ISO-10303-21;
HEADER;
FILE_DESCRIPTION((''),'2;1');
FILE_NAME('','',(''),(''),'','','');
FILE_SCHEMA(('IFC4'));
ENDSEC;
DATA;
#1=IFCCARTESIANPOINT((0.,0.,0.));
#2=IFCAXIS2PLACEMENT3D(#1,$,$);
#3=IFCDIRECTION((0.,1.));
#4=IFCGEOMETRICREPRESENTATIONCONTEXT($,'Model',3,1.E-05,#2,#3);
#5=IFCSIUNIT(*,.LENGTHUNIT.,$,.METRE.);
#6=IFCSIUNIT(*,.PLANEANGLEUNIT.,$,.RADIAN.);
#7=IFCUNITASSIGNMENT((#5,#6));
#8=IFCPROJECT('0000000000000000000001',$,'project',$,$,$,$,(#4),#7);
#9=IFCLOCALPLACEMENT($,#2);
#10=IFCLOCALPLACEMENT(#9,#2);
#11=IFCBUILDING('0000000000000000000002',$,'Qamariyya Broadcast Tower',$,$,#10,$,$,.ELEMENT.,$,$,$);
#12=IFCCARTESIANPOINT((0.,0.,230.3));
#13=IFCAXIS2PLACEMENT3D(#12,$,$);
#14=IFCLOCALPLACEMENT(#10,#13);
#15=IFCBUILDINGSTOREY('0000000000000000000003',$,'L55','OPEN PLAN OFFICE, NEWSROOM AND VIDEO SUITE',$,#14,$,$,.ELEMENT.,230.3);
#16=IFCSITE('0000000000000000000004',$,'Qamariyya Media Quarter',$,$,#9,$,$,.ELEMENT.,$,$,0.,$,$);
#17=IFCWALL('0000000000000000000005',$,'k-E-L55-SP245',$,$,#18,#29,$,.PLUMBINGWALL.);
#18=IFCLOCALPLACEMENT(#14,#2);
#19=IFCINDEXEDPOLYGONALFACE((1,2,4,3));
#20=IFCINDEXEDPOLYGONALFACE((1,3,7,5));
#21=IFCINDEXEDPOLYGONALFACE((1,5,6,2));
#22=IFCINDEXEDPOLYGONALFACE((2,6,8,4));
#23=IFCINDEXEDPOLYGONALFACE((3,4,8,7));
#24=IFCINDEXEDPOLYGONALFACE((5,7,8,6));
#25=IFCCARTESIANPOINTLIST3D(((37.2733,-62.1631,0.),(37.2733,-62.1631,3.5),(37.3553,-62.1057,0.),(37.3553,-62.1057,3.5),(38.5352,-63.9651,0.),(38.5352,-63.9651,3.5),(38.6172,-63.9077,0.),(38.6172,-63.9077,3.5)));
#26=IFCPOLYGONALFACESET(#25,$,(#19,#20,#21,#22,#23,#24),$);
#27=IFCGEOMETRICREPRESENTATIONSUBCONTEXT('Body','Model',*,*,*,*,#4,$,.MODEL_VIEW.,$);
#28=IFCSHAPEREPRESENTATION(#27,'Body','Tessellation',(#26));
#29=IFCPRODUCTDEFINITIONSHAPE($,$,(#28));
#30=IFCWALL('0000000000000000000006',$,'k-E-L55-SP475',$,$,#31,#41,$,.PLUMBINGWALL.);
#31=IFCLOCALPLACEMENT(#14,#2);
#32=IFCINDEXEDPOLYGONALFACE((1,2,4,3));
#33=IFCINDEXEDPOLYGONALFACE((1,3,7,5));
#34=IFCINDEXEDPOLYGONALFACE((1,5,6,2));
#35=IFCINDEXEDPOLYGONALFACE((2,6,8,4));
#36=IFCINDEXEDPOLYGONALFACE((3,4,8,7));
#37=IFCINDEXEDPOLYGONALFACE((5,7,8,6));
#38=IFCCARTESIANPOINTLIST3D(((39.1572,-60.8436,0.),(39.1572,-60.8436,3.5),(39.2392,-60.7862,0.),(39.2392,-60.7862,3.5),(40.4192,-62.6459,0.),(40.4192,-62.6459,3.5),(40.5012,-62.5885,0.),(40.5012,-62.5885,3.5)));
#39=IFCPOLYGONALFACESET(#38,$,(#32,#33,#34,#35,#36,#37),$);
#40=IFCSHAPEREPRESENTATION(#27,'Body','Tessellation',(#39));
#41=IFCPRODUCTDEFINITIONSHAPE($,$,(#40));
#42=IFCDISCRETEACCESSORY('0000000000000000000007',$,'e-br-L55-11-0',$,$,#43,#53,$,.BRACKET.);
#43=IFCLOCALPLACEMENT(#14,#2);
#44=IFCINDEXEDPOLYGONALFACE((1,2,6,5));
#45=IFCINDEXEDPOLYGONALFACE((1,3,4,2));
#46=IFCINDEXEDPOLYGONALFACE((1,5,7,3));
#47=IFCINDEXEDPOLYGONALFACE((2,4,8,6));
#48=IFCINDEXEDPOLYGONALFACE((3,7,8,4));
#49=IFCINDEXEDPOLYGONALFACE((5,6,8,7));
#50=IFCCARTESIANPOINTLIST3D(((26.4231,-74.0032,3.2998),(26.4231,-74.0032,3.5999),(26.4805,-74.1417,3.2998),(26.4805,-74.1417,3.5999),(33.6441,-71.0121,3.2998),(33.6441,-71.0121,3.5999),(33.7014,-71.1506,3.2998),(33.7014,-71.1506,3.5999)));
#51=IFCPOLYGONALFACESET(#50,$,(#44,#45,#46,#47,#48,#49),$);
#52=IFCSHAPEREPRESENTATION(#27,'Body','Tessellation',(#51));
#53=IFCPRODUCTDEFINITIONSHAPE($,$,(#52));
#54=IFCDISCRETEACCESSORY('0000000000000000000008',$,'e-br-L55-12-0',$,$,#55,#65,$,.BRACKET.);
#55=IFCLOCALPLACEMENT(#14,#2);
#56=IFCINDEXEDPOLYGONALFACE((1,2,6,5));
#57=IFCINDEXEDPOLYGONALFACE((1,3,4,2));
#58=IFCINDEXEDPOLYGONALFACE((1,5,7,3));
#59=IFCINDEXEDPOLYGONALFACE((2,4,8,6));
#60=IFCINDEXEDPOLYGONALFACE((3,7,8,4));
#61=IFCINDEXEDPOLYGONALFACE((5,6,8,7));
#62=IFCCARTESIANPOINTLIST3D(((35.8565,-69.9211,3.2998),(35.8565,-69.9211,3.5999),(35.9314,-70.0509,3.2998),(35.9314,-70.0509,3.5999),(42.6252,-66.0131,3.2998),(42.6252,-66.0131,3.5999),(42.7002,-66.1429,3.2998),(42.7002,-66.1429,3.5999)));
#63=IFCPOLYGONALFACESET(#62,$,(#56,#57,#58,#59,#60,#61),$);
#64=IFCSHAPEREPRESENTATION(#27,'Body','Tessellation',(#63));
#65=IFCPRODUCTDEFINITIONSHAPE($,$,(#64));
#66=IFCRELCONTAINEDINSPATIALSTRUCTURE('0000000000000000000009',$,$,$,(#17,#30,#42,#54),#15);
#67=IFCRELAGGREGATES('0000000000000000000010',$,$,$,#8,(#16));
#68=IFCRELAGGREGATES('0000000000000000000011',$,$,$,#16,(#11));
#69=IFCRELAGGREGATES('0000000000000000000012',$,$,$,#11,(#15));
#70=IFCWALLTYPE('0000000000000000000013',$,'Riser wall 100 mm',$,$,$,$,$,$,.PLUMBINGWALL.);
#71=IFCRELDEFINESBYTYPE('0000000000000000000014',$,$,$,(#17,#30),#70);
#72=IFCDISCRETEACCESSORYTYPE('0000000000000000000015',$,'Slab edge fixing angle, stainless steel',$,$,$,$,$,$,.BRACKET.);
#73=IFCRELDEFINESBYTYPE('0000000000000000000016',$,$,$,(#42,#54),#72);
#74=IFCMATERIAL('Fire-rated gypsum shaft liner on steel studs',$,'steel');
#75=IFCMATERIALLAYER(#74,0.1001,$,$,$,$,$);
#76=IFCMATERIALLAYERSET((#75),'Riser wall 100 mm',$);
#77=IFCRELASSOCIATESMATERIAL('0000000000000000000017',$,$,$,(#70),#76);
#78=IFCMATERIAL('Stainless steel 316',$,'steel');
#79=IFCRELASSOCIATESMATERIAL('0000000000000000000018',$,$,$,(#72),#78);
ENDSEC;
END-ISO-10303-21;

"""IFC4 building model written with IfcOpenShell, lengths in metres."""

from ifc_helpers import new_model, si_unit, direction, frame, frame_2d, origin, origin_2d, place, context, subcontext, project, spatial, rectangle, extrude, material, layer, layer_set, type_object, element, save


model = new_model("IFC4")

# Units and contexts
model_context = context("Model", 3, precision=1e-05, world=origin(), true_north=direction((0.0, 1.0)))
body_context = subcontext(model_context, "Body", "Model", "MODEL_VIEW")
ifc_project = project(units=[si_unit("LENGTHUNIT", "METRE"), si_unit("PLANEANGLEUNIT", "RADIAN")], contexts=[model_context])

# Site, building, storey
site_placement = place(None, origin())
site = spatial("IfcSite", under=ifc_project, at=site_placement, Name="Qamariyya Media Quarter", CompositionType="ELEMENT", RefElevation=0.0)
building_placement = place(site_placement, origin())
building = spatial("IfcBuilding", under=site, at=building_placement, Name="Qamariyya Broadcast Tower", CompositionType="ELEMENT")
storey_placement = place(building_placement, frame((0.0, 0.0, 230.3)))
storey = spatial("IfcBuildingStorey", under=building, at=storey_placement, Name="L55", Description="OPEN PLAN OFFICE, NEWSROOM AND VIDEO SUITE", CompositionType="ELEMENT", Elevation=230.3)

# Walls
ifc_material_1 = material(Name="Fire-rated gypsum shaft liner on steel studs", Category="steel")
ifc_layer_1 = layer(ifc_material_1, 0.1001)
ifc_layer_set_1 = layer_set([ifc_layer_1], Name="Riser wall 100 mm")
wall_type_1 = type_object("IfcWallType", Name="Riser wall 100 mm", PredefinedType="PLUMBINGWALL", material=ifc_layer_set_1)
wall_1_placement = place(storey_placement, frame((37.3142, -62.1343, 0.0), z_axis=(0.0, 0.0, 1.0), x_axis=(0.573634, -0.819112, 0.0)))
element("IfcWall", 1, at=wall_1_placement, inside=storey, type_object=wall_type_1, Name="k-E-L55-SP245", PredefinedType="PLUMBINGWALL", context=body_context, shape_type="SweptSolid", body=[
    extrude(rectangle(XDim=2.2, YDim=0.1001, at=frame_2d((1.1001, 0.0))), origin(), (0.0, 0.0, 1.0), 3.5),
])
wall_2_placement = place(storey_placement, frame((39.1982, -60.8149, 0.0), z_axis=(0.0, 0.0, 1.0), x_axis=(0.573581, -0.819149, 0.0)))
element("IfcWall", 2, at=wall_2_placement, inside=storey, type_object=wall_type_1, Name="k-E-L55-SP475", PredefinedType="PLUMBINGWALL", context=body_context, shape_type="SweptSolid", body=[
    extrude(rectangle(XDim=2.2002, YDim=0.1001, at=frame_2d((1.1001, 0.0))), origin(), (0.0, 0.0, 1.0), 3.5),
])

# Discrete accessories
ifc_material_2 = material(Name="Stainless steel 316", Category="steel")
discrete_accessory_type = type_object("IfcDiscreteAccessoryType", Name="Slab edge fixing angle, stainless steel", PredefinedType="BRACKET", material=ifc_material_2)
for number, where, z_axis, x_axis, name in (
    (3, (30.0623, -72.5769, 3.2998), (0.0, 0.0, 1.0), (0.92388, 0.382683, 0.0), "e-br-L55-11-0"),
    (4, (39.2783, -68.032, 3.2998), (0.0, 0.0, 1.0), (0.866025, 0.5, 0.0), "e-br-L55-12-0"),
):
    element("IfcDiscreteAccessory", number, at=place(storey_placement, frame(where, z_axis=z_axis, x_axis=x_axis)), inside=storey, type_object=discrete_accessory_type, Name=name, PredefinedType="BRACKET", context=body_context, shape_type="SweptSolid", body=[
        extrude(rectangle(XDim=7.8159, YDim=0.1499, at=origin_2d()), origin(), (0.0, 0.0, 1.0), 0.3),
    ])

save(model, "model.ifc")
